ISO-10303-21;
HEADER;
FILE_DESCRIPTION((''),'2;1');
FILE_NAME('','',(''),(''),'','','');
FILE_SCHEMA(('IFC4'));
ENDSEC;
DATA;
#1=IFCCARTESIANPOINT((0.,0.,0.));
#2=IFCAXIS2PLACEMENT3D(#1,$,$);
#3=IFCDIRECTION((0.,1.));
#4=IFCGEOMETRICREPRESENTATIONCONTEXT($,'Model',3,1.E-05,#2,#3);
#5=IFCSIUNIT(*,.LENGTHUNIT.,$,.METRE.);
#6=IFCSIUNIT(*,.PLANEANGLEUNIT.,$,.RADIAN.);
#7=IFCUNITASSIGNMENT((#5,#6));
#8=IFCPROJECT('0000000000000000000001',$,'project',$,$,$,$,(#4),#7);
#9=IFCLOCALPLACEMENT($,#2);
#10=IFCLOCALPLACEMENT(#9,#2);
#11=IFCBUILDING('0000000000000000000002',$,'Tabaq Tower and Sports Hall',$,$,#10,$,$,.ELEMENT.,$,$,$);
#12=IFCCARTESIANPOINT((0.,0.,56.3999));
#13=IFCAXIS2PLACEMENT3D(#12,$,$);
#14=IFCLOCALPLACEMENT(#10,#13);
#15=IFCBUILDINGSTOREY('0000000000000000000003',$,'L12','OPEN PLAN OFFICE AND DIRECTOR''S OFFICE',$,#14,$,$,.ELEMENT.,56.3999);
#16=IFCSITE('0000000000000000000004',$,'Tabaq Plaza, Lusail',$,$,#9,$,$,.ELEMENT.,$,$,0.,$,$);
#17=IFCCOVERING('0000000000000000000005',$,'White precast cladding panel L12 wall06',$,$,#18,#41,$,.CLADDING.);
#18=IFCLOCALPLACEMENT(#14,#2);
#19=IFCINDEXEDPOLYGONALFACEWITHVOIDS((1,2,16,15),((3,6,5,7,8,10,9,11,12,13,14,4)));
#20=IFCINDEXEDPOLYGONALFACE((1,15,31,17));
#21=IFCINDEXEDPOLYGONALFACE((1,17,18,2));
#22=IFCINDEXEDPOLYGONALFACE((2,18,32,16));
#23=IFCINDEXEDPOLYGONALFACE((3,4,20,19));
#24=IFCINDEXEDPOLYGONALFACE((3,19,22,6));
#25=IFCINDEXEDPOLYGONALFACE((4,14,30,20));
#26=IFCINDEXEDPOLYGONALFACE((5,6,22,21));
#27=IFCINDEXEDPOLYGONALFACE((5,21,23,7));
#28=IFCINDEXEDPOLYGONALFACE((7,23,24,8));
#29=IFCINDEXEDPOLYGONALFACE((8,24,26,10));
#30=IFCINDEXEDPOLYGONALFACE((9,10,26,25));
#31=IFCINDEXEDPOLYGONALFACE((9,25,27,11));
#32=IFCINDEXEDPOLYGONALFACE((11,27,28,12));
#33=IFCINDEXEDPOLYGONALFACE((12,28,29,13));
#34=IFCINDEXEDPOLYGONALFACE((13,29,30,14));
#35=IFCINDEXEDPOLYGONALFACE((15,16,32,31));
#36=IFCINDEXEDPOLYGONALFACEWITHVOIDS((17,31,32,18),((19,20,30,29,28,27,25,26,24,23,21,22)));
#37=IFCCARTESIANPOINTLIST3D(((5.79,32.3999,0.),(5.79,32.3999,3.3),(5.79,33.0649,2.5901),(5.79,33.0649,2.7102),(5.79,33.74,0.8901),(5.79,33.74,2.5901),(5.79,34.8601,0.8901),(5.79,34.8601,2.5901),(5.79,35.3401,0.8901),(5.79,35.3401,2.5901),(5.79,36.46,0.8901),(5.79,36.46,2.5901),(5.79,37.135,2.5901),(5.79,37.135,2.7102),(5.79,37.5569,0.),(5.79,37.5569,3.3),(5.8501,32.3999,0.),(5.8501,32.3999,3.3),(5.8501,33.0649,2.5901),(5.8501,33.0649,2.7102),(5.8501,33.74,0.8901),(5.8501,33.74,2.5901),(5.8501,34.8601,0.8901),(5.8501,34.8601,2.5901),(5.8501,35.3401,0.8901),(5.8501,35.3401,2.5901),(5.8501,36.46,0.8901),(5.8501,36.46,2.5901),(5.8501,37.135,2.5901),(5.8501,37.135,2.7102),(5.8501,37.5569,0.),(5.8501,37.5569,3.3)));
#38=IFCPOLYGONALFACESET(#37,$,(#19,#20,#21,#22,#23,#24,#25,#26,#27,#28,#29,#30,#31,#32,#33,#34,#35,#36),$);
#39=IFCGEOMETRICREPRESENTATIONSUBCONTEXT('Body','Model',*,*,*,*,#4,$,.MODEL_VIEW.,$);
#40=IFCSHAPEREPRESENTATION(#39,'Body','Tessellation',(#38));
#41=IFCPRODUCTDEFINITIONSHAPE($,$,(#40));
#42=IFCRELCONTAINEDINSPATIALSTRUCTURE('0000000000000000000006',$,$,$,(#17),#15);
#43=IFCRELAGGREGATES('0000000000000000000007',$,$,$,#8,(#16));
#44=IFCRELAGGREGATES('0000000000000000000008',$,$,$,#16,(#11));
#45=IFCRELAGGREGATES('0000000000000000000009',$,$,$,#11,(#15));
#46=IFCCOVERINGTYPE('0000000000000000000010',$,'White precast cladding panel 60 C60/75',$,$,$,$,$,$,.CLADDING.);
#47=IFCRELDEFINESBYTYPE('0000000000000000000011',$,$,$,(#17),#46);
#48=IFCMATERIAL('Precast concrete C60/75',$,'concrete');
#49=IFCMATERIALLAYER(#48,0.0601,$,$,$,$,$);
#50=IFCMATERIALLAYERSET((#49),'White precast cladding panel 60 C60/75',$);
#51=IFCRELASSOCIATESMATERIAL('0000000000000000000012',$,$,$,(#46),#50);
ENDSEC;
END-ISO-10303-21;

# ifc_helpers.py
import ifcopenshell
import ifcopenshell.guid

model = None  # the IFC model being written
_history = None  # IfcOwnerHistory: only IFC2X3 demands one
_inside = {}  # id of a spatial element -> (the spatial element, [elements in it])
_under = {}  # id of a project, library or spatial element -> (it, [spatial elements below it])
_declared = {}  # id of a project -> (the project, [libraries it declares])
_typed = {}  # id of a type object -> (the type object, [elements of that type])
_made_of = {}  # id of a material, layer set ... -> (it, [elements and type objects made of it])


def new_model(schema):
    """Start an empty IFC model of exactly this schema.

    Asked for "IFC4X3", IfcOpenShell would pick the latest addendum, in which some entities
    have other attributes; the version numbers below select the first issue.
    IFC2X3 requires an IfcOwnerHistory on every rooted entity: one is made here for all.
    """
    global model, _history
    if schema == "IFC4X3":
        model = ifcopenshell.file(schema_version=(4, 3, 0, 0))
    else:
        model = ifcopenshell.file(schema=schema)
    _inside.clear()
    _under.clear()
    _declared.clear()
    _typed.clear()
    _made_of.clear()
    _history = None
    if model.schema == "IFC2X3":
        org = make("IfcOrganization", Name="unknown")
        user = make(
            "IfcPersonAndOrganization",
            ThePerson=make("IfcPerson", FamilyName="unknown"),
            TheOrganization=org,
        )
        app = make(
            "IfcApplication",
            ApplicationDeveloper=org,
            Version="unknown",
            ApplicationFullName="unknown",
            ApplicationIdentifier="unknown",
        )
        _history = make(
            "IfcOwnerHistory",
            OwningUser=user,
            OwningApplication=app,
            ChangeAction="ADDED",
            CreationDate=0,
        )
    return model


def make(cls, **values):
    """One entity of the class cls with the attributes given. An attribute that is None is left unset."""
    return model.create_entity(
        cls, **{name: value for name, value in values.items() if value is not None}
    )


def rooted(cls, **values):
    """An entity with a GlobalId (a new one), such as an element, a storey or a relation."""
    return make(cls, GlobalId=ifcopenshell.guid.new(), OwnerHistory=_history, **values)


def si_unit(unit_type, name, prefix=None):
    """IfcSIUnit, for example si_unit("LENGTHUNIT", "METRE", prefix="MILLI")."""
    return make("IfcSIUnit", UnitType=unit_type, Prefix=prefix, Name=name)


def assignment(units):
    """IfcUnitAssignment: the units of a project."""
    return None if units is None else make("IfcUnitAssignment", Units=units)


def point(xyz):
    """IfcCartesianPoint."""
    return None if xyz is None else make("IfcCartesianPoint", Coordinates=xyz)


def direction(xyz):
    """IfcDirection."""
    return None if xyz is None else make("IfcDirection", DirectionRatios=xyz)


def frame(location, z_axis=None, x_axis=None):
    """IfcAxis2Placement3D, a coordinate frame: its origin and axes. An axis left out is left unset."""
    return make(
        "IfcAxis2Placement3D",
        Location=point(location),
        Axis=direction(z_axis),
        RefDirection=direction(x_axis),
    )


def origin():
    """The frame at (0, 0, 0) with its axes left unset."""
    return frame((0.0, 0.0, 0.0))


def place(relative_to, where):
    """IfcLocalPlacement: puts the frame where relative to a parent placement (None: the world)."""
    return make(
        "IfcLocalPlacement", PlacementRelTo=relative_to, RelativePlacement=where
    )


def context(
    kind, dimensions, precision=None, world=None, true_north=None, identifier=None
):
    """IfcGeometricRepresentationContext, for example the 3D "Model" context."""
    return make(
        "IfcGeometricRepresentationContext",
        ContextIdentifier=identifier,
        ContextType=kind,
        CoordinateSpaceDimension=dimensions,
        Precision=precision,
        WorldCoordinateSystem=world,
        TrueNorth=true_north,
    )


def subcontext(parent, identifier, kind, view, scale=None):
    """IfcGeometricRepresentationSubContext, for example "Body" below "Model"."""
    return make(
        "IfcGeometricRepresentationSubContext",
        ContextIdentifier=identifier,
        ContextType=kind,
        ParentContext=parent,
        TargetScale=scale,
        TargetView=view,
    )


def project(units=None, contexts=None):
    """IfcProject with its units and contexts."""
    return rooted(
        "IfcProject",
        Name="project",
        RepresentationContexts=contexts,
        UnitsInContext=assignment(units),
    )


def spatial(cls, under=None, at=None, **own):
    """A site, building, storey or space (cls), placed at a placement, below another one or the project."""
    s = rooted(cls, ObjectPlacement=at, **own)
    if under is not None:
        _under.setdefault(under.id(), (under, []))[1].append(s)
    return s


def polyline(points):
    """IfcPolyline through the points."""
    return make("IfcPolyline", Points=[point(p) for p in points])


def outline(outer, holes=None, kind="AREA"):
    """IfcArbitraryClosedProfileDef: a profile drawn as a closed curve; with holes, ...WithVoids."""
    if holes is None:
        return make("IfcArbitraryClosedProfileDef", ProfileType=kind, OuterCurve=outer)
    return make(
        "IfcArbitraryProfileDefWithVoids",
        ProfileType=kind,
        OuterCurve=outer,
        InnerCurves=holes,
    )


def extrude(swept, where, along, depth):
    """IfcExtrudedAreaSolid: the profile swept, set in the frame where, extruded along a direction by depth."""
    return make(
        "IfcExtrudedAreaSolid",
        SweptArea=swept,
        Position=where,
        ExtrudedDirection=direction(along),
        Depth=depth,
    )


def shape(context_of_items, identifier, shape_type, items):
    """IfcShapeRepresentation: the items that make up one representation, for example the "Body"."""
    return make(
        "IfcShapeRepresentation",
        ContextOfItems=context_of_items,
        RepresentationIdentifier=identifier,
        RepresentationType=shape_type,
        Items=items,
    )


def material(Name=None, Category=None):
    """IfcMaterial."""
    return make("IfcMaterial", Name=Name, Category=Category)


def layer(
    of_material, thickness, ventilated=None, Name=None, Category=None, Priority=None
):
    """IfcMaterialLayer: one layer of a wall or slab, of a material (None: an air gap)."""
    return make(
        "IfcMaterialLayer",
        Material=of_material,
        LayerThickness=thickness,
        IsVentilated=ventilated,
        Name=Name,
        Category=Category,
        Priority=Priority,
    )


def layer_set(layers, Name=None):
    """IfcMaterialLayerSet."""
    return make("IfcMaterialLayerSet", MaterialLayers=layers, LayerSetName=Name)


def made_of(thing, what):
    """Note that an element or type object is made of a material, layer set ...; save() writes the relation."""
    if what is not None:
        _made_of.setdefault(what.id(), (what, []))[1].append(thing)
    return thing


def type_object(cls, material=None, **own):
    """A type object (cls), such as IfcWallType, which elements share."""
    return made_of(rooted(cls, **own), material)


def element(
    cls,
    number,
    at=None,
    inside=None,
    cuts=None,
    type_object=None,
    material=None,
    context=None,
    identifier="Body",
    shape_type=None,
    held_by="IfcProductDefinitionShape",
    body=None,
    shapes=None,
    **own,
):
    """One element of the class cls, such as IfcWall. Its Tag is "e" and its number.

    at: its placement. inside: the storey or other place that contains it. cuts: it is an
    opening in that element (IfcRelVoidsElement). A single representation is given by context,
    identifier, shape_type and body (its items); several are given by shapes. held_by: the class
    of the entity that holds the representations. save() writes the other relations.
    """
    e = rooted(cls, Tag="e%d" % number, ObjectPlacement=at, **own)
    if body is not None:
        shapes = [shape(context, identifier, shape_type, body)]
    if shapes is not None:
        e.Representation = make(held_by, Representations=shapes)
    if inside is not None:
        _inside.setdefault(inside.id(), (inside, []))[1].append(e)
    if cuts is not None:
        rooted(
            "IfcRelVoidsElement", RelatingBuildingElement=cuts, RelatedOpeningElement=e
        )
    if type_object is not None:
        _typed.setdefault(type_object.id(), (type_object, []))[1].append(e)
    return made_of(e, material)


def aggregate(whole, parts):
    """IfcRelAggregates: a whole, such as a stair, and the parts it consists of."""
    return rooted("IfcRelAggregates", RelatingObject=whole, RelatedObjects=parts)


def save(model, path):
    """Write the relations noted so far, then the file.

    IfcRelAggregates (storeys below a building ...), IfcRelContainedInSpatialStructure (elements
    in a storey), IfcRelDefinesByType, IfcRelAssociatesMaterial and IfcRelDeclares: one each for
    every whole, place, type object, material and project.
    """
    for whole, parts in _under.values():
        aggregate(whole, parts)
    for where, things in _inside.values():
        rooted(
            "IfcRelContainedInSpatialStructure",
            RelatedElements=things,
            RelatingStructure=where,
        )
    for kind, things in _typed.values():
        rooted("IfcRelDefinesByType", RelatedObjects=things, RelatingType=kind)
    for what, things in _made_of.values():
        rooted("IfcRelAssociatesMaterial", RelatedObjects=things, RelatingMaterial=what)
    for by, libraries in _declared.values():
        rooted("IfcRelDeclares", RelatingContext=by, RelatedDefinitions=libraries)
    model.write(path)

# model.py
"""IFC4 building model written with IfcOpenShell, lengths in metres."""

from ifc_helpers import new_model, si_unit, direction, frame, origin, place, context, subcontext, project, spatial, polyline, outline, extrude, material, layer, layer_set, type_object, element, save


model = new_model("IFC4")

# Units and contexts
model_context = context("Model", 3, precision=1e-05, world=origin(), true_north=direction((0.0, 1.0)))
body_context = subcontext(model_context, "Body", "Model", "MODEL_VIEW")
ifc_project = project(units=[si_unit("LENGTHUNIT", "METRE"), si_unit("PLANEANGLEUNIT", "RADIAN")], contexts=[model_context])

# Site, building, storey
site_placement = place(None, origin())
site = spatial("IfcSite", under=ifc_project, at=site_placement, Name="Tabaq Plaza, Lusail", CompositionType="ELEMENT", RefElevation=0.0)
building_placement = place(site_placement, origin())
building = spatial("IfcBuilding", under=site, at=building_placement, Name="Tabaq Tower and Sports Hall", CompositionType="ELEMENT")
storey_placement = place(building_placement, frame((0.0, 0.0, 56.3999)))
storey = spatial("IfcBuildingStorey", under=building, at=storey_placement, Name="L12", Description="OPEN PLAN OFFICE AND DIRECTOR'S OFFICE", CompositionType="ELEMENT", Elevation=56.3999)

# Covering
ifc_material_1 = material(Name="Precast concrete C60/75", Category="concrete")
ifc_layer_1 = layer(ifc_material_1, 0.0601)
ifc_layer_set_1 = layer_set([ifc_layer_1], Name="White precast cladding panel 60 C60/75")
covering_type = type_object("IfcCoveringType", Name="White precast cladding panel 60 C60/75", PredefinedType="CLADDING", material=ifc_layer_set_1)
covering_1_placement = place(storey_placement, frame((5.8201, 37.5569, 0.0), z_axis=(0.0, 0.0, 1.0), x_axis=(0.0, -1.0, 0.0)))
element("IfcCovering", 1, at=covering_1_placement, inside=storey, type_object=covering_type, Name="White precast cladding panel L12 wall06", PredefinedType="CLADDING", context=body_context, shape_type="SweptSolid", body=[
    extrude(outline(polyline([(0.0, 0.0), (5.157, 0.0), (5.157, 3.3), (0.0, 3.3), (0.0, 0.0)]), holes=[polyline([(1.0969, 2.5901), (0.4219, 2.5901), (0.4219, 2.7102), (4.4919, 2.7102), (4.4919, 2.5901), (3.8169, 2.5901), (3.8169, 0.8901), (2.6968, 0.8901), (2.6968, 2.5901), (2.2168, 2.5901), (2.2168, 0.8901), (1.0969, 0.8901), (1.0969, 2.5901)])]), frame((0.0, 0.03, 0.0), z_axis=(0.0, -1.0, 0.0), x_axis=(1.0, 0.0, 0.0)), (0.0, 0.0, 1.0), 0.0601),
])

save(model, "model.ifc")
